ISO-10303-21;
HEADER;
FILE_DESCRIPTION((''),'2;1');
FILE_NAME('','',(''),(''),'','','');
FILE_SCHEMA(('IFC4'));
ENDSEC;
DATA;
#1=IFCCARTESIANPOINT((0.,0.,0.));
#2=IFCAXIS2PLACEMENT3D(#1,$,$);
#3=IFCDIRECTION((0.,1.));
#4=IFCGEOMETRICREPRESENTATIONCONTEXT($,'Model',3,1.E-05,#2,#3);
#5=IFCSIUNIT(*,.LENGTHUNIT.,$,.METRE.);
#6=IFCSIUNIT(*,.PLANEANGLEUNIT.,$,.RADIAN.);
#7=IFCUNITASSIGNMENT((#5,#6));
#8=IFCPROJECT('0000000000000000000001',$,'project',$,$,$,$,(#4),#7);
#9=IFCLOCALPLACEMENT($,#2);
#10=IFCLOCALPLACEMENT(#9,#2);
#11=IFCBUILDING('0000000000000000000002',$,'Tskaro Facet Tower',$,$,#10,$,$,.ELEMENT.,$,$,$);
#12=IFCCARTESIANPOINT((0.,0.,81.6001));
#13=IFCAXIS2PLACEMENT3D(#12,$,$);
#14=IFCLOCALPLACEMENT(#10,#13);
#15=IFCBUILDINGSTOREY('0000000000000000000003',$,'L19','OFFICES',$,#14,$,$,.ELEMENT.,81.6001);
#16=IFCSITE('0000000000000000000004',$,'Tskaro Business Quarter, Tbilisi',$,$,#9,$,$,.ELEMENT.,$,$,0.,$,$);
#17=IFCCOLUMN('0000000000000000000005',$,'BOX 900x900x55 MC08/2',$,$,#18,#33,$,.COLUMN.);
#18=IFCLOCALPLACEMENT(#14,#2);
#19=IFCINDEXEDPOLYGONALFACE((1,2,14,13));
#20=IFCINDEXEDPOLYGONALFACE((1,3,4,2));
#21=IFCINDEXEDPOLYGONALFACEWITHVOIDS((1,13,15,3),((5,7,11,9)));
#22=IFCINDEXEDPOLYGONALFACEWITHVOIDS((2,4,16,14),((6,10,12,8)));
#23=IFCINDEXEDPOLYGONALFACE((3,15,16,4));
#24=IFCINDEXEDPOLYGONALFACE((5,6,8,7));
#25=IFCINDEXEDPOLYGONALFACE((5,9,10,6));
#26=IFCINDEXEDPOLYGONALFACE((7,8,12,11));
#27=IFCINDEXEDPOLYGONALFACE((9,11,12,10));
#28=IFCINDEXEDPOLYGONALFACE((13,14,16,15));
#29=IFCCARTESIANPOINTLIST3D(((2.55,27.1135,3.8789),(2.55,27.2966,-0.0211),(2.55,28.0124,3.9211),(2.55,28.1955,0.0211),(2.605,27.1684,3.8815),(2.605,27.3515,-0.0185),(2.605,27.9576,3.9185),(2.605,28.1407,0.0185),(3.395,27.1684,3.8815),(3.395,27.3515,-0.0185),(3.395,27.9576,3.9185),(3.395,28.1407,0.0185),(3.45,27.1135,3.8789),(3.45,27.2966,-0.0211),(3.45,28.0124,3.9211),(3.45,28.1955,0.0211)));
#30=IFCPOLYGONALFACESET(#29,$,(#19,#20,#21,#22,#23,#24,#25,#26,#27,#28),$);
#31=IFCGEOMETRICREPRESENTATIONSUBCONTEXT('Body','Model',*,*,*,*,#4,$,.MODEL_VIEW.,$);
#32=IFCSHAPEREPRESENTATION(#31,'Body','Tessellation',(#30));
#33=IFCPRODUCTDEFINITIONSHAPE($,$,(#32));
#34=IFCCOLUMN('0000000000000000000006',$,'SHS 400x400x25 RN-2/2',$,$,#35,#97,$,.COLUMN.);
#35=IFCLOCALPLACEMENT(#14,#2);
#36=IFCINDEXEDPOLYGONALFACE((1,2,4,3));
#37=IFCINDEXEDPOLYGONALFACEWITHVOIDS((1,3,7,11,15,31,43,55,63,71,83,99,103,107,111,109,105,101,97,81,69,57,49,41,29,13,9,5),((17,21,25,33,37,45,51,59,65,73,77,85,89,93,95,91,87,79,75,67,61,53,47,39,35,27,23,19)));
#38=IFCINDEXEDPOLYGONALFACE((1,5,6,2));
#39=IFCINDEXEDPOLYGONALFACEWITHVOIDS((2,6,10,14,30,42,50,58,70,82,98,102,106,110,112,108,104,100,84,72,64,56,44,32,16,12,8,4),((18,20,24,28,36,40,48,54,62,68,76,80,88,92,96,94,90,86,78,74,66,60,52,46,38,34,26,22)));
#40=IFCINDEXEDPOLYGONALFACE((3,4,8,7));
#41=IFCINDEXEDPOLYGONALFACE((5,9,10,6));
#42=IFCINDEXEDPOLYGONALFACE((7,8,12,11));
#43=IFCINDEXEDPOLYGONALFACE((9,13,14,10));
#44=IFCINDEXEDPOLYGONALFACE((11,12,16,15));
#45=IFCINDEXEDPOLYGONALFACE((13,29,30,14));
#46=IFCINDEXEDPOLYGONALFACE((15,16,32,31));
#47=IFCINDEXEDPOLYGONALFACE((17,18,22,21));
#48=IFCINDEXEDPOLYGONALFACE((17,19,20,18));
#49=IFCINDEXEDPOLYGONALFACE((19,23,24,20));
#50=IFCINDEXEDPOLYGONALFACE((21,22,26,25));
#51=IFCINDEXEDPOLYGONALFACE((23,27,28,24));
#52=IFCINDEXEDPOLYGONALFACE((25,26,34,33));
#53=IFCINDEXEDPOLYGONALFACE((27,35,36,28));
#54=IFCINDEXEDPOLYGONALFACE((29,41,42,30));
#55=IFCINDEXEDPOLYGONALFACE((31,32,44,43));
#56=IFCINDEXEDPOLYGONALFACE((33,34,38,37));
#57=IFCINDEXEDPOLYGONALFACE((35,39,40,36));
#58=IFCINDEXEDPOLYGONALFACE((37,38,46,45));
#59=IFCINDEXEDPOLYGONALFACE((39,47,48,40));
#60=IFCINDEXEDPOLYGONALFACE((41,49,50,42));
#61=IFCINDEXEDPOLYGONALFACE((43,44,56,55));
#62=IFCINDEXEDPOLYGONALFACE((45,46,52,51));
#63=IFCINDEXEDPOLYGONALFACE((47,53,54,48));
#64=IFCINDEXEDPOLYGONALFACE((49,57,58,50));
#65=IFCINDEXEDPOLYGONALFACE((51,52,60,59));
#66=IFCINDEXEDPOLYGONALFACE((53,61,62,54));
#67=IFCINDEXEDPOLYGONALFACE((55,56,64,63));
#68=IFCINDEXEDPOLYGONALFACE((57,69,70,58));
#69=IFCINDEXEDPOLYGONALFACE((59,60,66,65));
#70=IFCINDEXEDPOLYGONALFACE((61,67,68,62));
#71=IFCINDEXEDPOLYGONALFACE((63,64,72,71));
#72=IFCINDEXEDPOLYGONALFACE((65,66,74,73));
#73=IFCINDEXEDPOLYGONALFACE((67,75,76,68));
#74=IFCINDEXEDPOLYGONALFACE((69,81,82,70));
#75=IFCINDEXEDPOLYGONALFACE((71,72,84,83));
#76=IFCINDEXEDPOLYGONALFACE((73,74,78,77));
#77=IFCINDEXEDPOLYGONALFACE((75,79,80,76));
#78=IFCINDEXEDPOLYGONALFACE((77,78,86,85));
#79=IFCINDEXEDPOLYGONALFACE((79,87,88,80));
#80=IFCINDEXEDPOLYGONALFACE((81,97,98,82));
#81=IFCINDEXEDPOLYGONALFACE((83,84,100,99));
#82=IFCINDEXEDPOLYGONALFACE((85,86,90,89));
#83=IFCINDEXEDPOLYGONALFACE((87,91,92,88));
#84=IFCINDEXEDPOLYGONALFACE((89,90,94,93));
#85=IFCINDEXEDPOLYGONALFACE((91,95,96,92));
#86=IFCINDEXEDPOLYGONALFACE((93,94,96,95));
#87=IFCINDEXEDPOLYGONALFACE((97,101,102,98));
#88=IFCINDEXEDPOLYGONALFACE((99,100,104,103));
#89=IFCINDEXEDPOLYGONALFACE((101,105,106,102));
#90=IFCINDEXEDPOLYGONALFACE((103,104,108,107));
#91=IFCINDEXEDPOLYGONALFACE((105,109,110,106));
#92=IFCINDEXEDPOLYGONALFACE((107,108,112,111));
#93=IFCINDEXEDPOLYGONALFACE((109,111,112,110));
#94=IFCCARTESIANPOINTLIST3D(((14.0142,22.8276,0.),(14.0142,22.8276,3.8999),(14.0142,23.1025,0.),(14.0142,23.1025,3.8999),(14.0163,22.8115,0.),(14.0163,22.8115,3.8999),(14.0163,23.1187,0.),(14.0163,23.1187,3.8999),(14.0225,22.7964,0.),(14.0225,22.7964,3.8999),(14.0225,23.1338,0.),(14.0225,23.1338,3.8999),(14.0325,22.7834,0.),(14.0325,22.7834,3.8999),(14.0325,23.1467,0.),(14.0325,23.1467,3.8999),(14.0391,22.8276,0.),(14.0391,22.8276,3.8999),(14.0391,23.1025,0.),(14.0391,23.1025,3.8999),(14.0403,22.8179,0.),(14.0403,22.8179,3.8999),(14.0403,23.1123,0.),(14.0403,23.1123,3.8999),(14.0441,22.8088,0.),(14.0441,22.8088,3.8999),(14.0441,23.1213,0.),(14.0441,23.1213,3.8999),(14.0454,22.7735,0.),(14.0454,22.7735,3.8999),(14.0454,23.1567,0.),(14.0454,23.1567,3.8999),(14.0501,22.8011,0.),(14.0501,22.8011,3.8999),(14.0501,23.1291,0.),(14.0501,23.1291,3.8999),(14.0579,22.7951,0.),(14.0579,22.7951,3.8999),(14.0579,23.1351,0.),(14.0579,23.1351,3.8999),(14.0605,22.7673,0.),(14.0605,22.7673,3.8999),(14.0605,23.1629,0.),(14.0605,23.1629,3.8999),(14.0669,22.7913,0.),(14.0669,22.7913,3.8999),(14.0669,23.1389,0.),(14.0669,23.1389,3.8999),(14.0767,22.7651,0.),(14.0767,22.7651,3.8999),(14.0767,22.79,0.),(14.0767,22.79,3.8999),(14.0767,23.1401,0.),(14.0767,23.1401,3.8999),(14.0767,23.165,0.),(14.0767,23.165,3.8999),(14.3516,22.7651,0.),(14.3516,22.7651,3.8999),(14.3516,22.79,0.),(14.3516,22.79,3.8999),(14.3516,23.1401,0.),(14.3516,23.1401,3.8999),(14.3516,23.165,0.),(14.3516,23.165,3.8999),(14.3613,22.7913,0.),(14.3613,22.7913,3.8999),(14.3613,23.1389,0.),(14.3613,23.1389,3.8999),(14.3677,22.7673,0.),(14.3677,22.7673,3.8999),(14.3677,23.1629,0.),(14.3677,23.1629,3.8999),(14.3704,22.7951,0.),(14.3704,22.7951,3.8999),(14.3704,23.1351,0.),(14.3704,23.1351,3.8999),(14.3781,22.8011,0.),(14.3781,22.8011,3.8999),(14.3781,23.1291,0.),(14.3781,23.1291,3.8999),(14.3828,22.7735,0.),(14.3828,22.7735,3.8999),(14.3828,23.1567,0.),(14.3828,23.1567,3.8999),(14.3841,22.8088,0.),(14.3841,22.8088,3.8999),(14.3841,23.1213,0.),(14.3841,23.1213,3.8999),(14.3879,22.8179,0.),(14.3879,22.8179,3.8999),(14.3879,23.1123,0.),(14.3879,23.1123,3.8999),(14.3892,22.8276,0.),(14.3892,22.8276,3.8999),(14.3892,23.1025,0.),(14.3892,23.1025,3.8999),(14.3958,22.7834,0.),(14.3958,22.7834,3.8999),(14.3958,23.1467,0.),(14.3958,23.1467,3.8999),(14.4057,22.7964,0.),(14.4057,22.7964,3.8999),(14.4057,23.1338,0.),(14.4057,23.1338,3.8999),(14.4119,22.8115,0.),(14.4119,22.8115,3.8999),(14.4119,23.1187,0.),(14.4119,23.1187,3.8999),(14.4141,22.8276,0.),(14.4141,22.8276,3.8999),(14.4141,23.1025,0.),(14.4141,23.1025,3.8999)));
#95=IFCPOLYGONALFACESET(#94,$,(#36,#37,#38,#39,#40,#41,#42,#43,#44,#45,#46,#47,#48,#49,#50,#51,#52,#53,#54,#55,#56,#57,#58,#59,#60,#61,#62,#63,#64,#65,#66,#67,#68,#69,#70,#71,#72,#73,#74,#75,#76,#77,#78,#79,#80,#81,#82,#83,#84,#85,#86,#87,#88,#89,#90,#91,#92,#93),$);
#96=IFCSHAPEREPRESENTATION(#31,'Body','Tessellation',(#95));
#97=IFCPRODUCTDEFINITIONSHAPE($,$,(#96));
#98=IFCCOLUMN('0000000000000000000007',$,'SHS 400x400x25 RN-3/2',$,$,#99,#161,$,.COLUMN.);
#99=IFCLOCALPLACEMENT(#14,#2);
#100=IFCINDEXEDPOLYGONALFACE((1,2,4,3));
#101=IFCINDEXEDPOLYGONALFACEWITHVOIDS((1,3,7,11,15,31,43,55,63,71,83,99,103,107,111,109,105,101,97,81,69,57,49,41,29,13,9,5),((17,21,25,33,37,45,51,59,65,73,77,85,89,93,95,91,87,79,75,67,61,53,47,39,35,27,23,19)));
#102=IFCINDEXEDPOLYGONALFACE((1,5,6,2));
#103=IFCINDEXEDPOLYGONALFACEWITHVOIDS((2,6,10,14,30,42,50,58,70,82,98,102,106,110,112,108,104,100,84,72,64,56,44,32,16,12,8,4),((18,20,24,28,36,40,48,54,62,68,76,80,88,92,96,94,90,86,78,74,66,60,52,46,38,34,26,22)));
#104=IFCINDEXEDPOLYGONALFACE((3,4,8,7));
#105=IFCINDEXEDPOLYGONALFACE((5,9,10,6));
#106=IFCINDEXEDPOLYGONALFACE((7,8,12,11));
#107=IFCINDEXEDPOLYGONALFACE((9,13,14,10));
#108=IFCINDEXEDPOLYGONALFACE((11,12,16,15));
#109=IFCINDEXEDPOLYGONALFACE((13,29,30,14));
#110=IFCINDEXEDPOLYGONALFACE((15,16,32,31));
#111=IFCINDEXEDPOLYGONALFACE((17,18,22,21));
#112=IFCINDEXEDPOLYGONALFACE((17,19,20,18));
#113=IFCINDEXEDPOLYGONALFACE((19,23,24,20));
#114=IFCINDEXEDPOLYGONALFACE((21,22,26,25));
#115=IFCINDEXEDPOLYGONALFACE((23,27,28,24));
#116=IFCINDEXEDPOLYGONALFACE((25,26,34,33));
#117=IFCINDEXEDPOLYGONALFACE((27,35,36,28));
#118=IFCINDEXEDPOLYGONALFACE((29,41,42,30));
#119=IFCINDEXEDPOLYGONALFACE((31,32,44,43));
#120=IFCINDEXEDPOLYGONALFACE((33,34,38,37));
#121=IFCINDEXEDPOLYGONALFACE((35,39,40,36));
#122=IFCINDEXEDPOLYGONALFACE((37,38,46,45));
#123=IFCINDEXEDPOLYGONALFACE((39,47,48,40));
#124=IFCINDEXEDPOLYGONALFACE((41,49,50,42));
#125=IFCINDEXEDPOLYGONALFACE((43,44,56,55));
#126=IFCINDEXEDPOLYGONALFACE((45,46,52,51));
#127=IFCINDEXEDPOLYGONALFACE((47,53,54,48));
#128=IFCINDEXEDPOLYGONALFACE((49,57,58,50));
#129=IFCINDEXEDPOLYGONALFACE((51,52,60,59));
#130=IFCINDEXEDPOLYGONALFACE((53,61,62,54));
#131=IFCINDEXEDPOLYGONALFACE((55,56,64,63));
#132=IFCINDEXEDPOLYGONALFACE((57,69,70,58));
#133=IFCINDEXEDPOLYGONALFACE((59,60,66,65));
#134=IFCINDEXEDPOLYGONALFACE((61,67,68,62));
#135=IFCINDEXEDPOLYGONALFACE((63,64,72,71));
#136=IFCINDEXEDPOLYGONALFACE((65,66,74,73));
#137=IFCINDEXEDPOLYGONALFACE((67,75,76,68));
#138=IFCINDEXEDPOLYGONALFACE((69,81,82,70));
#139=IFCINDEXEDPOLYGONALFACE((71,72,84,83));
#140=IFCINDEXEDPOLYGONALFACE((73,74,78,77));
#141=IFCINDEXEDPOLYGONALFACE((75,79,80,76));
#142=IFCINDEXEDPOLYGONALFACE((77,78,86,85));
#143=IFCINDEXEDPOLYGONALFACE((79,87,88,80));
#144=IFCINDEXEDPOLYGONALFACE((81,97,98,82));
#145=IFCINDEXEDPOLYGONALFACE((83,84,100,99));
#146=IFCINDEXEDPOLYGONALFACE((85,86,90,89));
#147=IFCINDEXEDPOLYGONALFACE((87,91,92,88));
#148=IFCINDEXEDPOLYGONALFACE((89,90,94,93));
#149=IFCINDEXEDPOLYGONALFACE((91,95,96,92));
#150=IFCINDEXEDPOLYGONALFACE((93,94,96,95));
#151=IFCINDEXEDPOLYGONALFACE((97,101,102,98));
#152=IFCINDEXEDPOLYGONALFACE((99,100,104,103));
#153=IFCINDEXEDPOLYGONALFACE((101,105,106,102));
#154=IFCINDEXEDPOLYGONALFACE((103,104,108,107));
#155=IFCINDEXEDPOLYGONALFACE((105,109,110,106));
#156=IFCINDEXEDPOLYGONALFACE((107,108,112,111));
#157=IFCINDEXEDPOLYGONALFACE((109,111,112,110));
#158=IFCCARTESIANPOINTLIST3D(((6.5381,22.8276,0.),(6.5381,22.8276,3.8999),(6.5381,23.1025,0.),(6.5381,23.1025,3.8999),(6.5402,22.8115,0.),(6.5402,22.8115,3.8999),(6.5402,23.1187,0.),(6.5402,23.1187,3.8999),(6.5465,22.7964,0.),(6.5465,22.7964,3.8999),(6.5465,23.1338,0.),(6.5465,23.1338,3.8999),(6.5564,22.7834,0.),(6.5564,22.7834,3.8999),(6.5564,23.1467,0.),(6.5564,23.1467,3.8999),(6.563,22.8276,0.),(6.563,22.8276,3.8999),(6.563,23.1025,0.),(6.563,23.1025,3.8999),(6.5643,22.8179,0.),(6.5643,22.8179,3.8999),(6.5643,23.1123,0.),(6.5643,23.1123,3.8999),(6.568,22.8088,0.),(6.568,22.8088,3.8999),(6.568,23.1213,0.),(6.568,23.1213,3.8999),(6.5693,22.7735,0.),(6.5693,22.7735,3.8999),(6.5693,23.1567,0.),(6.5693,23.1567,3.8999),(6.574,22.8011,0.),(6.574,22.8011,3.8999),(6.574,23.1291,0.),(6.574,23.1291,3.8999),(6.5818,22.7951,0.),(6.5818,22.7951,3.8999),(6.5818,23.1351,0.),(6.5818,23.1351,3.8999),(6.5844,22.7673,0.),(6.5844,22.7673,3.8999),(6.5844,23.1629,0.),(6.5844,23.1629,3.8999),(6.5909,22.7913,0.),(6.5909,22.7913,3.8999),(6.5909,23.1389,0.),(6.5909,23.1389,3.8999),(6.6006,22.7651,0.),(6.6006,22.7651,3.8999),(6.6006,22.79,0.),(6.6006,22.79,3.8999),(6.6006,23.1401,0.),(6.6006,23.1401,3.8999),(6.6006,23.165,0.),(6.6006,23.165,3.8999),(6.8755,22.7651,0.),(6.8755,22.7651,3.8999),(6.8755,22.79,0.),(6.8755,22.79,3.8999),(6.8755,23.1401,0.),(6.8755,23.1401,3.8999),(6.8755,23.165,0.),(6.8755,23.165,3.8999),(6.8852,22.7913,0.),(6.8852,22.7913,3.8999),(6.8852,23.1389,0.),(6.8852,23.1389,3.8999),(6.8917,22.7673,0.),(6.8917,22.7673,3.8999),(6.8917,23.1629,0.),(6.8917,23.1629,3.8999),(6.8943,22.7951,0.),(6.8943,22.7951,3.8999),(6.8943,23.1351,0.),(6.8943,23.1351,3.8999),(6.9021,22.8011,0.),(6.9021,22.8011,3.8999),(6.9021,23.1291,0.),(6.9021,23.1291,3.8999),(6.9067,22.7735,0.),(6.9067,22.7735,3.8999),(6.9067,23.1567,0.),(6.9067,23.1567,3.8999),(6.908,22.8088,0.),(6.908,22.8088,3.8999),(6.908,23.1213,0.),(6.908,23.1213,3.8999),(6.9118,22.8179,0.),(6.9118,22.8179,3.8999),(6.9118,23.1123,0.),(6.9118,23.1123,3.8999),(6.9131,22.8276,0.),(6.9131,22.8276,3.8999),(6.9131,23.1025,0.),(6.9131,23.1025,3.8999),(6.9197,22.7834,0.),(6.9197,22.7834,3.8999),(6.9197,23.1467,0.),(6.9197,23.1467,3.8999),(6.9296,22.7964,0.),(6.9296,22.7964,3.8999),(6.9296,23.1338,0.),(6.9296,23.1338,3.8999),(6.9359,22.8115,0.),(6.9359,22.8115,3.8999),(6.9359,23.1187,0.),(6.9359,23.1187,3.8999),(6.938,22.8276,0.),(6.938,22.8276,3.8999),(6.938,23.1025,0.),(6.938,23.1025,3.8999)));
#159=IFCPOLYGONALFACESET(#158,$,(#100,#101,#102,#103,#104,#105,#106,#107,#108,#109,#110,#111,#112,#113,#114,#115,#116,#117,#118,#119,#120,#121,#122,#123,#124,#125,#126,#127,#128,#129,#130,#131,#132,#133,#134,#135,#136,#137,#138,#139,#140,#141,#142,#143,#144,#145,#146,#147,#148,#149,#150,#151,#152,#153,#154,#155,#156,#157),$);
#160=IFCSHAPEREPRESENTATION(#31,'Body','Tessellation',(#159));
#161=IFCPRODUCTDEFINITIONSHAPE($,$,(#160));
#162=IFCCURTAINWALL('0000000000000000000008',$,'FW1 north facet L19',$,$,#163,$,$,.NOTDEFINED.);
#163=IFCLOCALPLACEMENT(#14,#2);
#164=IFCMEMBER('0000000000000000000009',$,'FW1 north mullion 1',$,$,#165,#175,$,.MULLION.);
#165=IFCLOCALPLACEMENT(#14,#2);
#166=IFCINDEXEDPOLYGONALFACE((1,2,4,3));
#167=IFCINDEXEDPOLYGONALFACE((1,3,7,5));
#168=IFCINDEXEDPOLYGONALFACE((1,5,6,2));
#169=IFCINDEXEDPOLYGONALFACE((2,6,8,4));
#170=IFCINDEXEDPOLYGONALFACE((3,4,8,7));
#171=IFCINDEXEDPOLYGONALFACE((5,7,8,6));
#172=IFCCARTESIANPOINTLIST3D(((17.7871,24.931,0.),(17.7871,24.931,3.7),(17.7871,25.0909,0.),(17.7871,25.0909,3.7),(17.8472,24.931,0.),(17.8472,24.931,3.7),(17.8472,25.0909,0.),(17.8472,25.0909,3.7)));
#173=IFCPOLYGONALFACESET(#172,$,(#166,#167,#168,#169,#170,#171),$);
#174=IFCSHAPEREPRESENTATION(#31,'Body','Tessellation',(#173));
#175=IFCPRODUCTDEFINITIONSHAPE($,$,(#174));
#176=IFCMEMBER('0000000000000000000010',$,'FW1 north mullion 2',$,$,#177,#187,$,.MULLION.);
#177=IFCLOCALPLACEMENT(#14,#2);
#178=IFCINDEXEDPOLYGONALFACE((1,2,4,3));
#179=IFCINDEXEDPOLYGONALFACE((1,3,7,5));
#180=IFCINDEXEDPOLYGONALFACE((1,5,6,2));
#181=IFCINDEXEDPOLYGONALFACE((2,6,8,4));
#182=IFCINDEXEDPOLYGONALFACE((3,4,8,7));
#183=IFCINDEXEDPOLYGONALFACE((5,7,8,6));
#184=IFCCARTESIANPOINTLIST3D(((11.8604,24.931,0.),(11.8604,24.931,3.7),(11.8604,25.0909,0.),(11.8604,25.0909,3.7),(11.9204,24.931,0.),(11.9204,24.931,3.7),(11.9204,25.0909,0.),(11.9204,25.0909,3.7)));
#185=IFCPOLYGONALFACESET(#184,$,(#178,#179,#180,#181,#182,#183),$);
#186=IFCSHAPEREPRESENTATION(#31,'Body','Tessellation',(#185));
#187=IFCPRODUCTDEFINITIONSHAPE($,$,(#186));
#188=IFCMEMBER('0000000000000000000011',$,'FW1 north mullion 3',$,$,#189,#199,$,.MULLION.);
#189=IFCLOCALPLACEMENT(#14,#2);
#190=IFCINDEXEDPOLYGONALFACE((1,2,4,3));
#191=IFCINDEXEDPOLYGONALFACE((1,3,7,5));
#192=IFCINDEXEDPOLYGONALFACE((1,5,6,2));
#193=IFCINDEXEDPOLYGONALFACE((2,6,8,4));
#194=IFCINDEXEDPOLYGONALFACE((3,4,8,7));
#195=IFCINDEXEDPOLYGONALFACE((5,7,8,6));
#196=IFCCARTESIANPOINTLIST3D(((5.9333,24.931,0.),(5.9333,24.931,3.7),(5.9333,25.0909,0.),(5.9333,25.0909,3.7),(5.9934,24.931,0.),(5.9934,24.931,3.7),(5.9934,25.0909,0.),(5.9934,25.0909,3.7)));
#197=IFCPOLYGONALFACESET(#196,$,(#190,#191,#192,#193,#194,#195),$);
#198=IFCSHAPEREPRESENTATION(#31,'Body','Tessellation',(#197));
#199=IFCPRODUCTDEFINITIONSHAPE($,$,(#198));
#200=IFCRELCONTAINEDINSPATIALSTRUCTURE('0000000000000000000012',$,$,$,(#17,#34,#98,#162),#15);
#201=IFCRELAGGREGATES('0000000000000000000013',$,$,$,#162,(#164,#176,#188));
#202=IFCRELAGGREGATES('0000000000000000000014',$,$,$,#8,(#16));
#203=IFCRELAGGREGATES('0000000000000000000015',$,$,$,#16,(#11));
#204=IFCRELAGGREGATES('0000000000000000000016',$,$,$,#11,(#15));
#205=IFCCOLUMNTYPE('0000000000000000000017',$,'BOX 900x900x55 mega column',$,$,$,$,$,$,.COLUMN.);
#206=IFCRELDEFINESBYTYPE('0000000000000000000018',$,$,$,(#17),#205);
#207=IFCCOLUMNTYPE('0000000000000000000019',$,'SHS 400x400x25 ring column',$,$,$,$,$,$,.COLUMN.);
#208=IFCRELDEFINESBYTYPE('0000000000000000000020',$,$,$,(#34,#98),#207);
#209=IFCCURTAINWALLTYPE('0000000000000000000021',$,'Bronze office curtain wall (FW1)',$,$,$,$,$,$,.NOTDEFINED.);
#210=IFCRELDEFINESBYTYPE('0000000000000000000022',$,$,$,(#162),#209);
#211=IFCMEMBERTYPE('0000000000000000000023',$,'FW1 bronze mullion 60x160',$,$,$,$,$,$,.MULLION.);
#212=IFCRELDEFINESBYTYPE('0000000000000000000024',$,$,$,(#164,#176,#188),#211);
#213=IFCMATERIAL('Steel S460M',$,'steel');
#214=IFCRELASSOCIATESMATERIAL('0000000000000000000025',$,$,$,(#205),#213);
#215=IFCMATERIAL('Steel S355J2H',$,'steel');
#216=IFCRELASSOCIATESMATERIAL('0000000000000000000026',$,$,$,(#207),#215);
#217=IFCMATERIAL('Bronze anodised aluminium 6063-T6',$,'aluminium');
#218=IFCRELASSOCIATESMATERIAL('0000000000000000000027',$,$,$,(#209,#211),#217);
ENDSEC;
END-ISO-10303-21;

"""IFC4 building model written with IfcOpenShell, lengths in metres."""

from ifc_helpers import new_model, si_unit, direction, frame, origin, origin_2d, place, context, subcontext, project, spatial, rectangle, hollow_rectangle, extrude, material, material_profile, profile_set, type_object, element, aggregate, save


model = new_model("IFC4")

# Units and contexts
model_context = context("Model", 3, precision=1e-05, world=origin(), true_north=direction((0.0, 1.0)))
body_context = subcontext(model_context, "Body", "Model", "MODEL_VIEW")
ifc_project = project(units=[si_unit("LENGTHUNIT", "METRE"), si_unit("PLANEANGLEUNIT", "RADIAN")], contexts=[model_context])

# Site, building, storey
site_placement = place(None, origin())
site = spatial("IfcSite", under=ifc_project, at=site_placement, Name="Tskaro Business Quarter, Tbilisi", CompositionType="ELEMENT", RefElevation=0.0)
building_placement = place(site_placement, origin())
building = spatial("IfcBuilding", under=site, at=building_placement, Name="Tskaro Facet Tower", CompositionType="ELEMENT")
storey_placement = place(building_placement, frame((0.0, 0.0, 81.6001)))
storey = spatial("IfcBuildingStorey", under=building, at=storey_placement, Name="L19", Description="OFFICES", CompositionType="ELEMENT", Elevation=81.6001)

# Columns
ifc_material_1 = material(Name="Steel S460M", Category="steel")
ifc_material_profile_1 = material_profile(ifc_material_1, hollow_rectangle(XDim=0.8999, YDim=0.8999, WallThickness=0.0549, at=origin_2d()), Name="BOX 900x900x55")
ifc_profile_set_1 = profile_set([ifc_material_profile_1], Name="Steel S460M")
column_type_1 = type_object("IfcColumnType", Name="BOX 900x900x55 mega column", PredefinedType="COLUMN", material=ifc_profile_set_1)
column_placement = place(storey_placement, frame((3.0, 27.7461, 0.0), z_axis=(0.0, -0.0469, 0.9989), x_axis=(1.0, 0.0, 0.0)))
element("IfcColumn", 1, at=column_placement, inside=storey, type_object=column_type_1, Name="BOX 900x900x55 MC08/2", PredefinedType="COLUMN", context=body_context, shape_type="SweptSolid", body=[
    extrude(hollow_rectangle(XDim=0.8999, YDim=0.8999, WallThickness=0.0549, at=origin_2d()), origin(), (0.0, 0.0, 1.0), 3.9043),
])
ifc_material_2 = material(Name="Steel S355J2H", Category="steel")
ifc_material_profile_2 = material_profile(ifc_material_2, hollow_rectangle(XDim=0.3999, YDim=0.3999, WallThickness=0.0249, InnerFilletRadius=0.0376, OuterFilletRadius=0.0625, at=origin_2d()), Name="SHS 400x400x25")
ifc_profile_set_2 = profile_set([ifc_material_profile_2], Name="Steel S355J2H")
column_type_2 = type_object("IfcColumnType", Name="SHS 400x400x25 ring column", PredefinedType="COLUMN", material=ifc_profile_set_2)
for number, where, z_axis, x_axis, name in (
    (2, (14.2141, 22.9651, 0.0), (0.0, 0.0, 1.0), (1.0, 0.0, 0.0), "SHS 400x400x25 RN-2/2"),
    (3, (6.738, 22.9651, 0.0), (0.0, 0.0, 1.0), (1.0, 0.0, 0.0), "SHS 400x400x25 RN-3/2"),
):
    element("IfcColumn", number, at=place(storey_placement, frame(where, z_axis=z_axis, x_axis=x_axis)), inside=storey, type_object=column_type_2, Name=name, PredefinedType="COLUMN", context=body_context, shape_type="SweptSolid", body=[
        extrude(hollow_rectangle(XDim=0.3999, YDim=0.3999, WallThickness=0.0249, InnerFilletRadius=0.0376, OuterFilletRadius=0.0625, at=origin_2d()), origin(), (0.0, 0.0, 1.0), 3.8999),
    ])

# Curtain wall, members
ifc_material_3 = material(Name="Bronze anodised aluminium 6063-T6", Category="aluminium")
curtain_wall_type = type_object("IfcCurtainWallType", Name="Bronze office curtain wall (FW1)", PredefinedType="NOTDEFINED", material=ifc_material_3)
curtain_wall_placement = place(storey_placement, origin())
curtain_wall = element("IfcCurtainWall", 4, at=curtain_wall_placement, inside=storey, type_object=curtain_wall_type, Name="FW1 north facet L19", PredefinedType="NOTDEFINED")
ifc_material_profile_3 = material_profile(ifc_material_3, rectangle(XDim=0.0601, YDim=0.1599, at=origin_2d()), Name="Mullion 60x160")
ifc_profile_set_3 = profile_set([ifc_material_profile_3], Name="Bronze anodised aluminium 6063-T6")
member_type_1 = type_object("IfcMemberType", Name="FW1 bronze mullion 60x160", PredefinedType="MULLION", material=ifc_profile_set_3)
member_1_placement = place(storey_placement, frame((17.8171, 25.011, 0.0), z_axis=(0.0, 0.0, 1.0), x_axis=(-1.0, 0.0, 0.0)))
member_1 = element("IfcMember", 5, at=member_1_placement, type_object=member_type_1, Name="FW1 north mullion 1", PredefinedType="MULLION", context=body_context, shape_type="SweptSolid", body=[
    extrude(rectangle(XDim=0.0601, YDim=0.1599, at=origin_2d()), origin(), (0.0, 0.0, 1.0), 3.7),
])
member_2_placement = place(storey_placement, frame((11.8904, 25.011, 0.0), z_axis=(0.0, 0.0, 1.0), x_axis=(-1.0, 0.0, 0.0)))
member_2 = element("IfcMember", 6, at=member_2_placement, type_object=member_type_1, Name="FW1 north mullion 2", PredefinedType="MULLION", context=body_context, shape_type="SweptSolid", body=[
    extrude(rectangle(XDim=0.0601, YDim=0.1599, at=origin_2d()), origin(), (0.0, 0.0, 1.0), 3.7),
])
member_3_placement = place(storey_placement, frame((5.9634, 25.011, 0.0), z_axis=(0.0, 0.0, 1.0), x_axis=(-1.0, 0.0, 0.0)))
member_3 = element("IfcMember", 7, at=member_3_placement, type_object=member_type_1, Name="FW1 north mullion 3", PredefinedType="MULLION", context=body_context, shape_type="SweptSolid", body=[
    extrude(rectangle(XDim=0.0601, YDim=0.1599, at=origin_2d()), origin(), (0.0, 0.0, 1.0), 3.7),
])

aggregate(curtain_wall, [member_1, member_2, member_3])

save(model, "model.ifc")
